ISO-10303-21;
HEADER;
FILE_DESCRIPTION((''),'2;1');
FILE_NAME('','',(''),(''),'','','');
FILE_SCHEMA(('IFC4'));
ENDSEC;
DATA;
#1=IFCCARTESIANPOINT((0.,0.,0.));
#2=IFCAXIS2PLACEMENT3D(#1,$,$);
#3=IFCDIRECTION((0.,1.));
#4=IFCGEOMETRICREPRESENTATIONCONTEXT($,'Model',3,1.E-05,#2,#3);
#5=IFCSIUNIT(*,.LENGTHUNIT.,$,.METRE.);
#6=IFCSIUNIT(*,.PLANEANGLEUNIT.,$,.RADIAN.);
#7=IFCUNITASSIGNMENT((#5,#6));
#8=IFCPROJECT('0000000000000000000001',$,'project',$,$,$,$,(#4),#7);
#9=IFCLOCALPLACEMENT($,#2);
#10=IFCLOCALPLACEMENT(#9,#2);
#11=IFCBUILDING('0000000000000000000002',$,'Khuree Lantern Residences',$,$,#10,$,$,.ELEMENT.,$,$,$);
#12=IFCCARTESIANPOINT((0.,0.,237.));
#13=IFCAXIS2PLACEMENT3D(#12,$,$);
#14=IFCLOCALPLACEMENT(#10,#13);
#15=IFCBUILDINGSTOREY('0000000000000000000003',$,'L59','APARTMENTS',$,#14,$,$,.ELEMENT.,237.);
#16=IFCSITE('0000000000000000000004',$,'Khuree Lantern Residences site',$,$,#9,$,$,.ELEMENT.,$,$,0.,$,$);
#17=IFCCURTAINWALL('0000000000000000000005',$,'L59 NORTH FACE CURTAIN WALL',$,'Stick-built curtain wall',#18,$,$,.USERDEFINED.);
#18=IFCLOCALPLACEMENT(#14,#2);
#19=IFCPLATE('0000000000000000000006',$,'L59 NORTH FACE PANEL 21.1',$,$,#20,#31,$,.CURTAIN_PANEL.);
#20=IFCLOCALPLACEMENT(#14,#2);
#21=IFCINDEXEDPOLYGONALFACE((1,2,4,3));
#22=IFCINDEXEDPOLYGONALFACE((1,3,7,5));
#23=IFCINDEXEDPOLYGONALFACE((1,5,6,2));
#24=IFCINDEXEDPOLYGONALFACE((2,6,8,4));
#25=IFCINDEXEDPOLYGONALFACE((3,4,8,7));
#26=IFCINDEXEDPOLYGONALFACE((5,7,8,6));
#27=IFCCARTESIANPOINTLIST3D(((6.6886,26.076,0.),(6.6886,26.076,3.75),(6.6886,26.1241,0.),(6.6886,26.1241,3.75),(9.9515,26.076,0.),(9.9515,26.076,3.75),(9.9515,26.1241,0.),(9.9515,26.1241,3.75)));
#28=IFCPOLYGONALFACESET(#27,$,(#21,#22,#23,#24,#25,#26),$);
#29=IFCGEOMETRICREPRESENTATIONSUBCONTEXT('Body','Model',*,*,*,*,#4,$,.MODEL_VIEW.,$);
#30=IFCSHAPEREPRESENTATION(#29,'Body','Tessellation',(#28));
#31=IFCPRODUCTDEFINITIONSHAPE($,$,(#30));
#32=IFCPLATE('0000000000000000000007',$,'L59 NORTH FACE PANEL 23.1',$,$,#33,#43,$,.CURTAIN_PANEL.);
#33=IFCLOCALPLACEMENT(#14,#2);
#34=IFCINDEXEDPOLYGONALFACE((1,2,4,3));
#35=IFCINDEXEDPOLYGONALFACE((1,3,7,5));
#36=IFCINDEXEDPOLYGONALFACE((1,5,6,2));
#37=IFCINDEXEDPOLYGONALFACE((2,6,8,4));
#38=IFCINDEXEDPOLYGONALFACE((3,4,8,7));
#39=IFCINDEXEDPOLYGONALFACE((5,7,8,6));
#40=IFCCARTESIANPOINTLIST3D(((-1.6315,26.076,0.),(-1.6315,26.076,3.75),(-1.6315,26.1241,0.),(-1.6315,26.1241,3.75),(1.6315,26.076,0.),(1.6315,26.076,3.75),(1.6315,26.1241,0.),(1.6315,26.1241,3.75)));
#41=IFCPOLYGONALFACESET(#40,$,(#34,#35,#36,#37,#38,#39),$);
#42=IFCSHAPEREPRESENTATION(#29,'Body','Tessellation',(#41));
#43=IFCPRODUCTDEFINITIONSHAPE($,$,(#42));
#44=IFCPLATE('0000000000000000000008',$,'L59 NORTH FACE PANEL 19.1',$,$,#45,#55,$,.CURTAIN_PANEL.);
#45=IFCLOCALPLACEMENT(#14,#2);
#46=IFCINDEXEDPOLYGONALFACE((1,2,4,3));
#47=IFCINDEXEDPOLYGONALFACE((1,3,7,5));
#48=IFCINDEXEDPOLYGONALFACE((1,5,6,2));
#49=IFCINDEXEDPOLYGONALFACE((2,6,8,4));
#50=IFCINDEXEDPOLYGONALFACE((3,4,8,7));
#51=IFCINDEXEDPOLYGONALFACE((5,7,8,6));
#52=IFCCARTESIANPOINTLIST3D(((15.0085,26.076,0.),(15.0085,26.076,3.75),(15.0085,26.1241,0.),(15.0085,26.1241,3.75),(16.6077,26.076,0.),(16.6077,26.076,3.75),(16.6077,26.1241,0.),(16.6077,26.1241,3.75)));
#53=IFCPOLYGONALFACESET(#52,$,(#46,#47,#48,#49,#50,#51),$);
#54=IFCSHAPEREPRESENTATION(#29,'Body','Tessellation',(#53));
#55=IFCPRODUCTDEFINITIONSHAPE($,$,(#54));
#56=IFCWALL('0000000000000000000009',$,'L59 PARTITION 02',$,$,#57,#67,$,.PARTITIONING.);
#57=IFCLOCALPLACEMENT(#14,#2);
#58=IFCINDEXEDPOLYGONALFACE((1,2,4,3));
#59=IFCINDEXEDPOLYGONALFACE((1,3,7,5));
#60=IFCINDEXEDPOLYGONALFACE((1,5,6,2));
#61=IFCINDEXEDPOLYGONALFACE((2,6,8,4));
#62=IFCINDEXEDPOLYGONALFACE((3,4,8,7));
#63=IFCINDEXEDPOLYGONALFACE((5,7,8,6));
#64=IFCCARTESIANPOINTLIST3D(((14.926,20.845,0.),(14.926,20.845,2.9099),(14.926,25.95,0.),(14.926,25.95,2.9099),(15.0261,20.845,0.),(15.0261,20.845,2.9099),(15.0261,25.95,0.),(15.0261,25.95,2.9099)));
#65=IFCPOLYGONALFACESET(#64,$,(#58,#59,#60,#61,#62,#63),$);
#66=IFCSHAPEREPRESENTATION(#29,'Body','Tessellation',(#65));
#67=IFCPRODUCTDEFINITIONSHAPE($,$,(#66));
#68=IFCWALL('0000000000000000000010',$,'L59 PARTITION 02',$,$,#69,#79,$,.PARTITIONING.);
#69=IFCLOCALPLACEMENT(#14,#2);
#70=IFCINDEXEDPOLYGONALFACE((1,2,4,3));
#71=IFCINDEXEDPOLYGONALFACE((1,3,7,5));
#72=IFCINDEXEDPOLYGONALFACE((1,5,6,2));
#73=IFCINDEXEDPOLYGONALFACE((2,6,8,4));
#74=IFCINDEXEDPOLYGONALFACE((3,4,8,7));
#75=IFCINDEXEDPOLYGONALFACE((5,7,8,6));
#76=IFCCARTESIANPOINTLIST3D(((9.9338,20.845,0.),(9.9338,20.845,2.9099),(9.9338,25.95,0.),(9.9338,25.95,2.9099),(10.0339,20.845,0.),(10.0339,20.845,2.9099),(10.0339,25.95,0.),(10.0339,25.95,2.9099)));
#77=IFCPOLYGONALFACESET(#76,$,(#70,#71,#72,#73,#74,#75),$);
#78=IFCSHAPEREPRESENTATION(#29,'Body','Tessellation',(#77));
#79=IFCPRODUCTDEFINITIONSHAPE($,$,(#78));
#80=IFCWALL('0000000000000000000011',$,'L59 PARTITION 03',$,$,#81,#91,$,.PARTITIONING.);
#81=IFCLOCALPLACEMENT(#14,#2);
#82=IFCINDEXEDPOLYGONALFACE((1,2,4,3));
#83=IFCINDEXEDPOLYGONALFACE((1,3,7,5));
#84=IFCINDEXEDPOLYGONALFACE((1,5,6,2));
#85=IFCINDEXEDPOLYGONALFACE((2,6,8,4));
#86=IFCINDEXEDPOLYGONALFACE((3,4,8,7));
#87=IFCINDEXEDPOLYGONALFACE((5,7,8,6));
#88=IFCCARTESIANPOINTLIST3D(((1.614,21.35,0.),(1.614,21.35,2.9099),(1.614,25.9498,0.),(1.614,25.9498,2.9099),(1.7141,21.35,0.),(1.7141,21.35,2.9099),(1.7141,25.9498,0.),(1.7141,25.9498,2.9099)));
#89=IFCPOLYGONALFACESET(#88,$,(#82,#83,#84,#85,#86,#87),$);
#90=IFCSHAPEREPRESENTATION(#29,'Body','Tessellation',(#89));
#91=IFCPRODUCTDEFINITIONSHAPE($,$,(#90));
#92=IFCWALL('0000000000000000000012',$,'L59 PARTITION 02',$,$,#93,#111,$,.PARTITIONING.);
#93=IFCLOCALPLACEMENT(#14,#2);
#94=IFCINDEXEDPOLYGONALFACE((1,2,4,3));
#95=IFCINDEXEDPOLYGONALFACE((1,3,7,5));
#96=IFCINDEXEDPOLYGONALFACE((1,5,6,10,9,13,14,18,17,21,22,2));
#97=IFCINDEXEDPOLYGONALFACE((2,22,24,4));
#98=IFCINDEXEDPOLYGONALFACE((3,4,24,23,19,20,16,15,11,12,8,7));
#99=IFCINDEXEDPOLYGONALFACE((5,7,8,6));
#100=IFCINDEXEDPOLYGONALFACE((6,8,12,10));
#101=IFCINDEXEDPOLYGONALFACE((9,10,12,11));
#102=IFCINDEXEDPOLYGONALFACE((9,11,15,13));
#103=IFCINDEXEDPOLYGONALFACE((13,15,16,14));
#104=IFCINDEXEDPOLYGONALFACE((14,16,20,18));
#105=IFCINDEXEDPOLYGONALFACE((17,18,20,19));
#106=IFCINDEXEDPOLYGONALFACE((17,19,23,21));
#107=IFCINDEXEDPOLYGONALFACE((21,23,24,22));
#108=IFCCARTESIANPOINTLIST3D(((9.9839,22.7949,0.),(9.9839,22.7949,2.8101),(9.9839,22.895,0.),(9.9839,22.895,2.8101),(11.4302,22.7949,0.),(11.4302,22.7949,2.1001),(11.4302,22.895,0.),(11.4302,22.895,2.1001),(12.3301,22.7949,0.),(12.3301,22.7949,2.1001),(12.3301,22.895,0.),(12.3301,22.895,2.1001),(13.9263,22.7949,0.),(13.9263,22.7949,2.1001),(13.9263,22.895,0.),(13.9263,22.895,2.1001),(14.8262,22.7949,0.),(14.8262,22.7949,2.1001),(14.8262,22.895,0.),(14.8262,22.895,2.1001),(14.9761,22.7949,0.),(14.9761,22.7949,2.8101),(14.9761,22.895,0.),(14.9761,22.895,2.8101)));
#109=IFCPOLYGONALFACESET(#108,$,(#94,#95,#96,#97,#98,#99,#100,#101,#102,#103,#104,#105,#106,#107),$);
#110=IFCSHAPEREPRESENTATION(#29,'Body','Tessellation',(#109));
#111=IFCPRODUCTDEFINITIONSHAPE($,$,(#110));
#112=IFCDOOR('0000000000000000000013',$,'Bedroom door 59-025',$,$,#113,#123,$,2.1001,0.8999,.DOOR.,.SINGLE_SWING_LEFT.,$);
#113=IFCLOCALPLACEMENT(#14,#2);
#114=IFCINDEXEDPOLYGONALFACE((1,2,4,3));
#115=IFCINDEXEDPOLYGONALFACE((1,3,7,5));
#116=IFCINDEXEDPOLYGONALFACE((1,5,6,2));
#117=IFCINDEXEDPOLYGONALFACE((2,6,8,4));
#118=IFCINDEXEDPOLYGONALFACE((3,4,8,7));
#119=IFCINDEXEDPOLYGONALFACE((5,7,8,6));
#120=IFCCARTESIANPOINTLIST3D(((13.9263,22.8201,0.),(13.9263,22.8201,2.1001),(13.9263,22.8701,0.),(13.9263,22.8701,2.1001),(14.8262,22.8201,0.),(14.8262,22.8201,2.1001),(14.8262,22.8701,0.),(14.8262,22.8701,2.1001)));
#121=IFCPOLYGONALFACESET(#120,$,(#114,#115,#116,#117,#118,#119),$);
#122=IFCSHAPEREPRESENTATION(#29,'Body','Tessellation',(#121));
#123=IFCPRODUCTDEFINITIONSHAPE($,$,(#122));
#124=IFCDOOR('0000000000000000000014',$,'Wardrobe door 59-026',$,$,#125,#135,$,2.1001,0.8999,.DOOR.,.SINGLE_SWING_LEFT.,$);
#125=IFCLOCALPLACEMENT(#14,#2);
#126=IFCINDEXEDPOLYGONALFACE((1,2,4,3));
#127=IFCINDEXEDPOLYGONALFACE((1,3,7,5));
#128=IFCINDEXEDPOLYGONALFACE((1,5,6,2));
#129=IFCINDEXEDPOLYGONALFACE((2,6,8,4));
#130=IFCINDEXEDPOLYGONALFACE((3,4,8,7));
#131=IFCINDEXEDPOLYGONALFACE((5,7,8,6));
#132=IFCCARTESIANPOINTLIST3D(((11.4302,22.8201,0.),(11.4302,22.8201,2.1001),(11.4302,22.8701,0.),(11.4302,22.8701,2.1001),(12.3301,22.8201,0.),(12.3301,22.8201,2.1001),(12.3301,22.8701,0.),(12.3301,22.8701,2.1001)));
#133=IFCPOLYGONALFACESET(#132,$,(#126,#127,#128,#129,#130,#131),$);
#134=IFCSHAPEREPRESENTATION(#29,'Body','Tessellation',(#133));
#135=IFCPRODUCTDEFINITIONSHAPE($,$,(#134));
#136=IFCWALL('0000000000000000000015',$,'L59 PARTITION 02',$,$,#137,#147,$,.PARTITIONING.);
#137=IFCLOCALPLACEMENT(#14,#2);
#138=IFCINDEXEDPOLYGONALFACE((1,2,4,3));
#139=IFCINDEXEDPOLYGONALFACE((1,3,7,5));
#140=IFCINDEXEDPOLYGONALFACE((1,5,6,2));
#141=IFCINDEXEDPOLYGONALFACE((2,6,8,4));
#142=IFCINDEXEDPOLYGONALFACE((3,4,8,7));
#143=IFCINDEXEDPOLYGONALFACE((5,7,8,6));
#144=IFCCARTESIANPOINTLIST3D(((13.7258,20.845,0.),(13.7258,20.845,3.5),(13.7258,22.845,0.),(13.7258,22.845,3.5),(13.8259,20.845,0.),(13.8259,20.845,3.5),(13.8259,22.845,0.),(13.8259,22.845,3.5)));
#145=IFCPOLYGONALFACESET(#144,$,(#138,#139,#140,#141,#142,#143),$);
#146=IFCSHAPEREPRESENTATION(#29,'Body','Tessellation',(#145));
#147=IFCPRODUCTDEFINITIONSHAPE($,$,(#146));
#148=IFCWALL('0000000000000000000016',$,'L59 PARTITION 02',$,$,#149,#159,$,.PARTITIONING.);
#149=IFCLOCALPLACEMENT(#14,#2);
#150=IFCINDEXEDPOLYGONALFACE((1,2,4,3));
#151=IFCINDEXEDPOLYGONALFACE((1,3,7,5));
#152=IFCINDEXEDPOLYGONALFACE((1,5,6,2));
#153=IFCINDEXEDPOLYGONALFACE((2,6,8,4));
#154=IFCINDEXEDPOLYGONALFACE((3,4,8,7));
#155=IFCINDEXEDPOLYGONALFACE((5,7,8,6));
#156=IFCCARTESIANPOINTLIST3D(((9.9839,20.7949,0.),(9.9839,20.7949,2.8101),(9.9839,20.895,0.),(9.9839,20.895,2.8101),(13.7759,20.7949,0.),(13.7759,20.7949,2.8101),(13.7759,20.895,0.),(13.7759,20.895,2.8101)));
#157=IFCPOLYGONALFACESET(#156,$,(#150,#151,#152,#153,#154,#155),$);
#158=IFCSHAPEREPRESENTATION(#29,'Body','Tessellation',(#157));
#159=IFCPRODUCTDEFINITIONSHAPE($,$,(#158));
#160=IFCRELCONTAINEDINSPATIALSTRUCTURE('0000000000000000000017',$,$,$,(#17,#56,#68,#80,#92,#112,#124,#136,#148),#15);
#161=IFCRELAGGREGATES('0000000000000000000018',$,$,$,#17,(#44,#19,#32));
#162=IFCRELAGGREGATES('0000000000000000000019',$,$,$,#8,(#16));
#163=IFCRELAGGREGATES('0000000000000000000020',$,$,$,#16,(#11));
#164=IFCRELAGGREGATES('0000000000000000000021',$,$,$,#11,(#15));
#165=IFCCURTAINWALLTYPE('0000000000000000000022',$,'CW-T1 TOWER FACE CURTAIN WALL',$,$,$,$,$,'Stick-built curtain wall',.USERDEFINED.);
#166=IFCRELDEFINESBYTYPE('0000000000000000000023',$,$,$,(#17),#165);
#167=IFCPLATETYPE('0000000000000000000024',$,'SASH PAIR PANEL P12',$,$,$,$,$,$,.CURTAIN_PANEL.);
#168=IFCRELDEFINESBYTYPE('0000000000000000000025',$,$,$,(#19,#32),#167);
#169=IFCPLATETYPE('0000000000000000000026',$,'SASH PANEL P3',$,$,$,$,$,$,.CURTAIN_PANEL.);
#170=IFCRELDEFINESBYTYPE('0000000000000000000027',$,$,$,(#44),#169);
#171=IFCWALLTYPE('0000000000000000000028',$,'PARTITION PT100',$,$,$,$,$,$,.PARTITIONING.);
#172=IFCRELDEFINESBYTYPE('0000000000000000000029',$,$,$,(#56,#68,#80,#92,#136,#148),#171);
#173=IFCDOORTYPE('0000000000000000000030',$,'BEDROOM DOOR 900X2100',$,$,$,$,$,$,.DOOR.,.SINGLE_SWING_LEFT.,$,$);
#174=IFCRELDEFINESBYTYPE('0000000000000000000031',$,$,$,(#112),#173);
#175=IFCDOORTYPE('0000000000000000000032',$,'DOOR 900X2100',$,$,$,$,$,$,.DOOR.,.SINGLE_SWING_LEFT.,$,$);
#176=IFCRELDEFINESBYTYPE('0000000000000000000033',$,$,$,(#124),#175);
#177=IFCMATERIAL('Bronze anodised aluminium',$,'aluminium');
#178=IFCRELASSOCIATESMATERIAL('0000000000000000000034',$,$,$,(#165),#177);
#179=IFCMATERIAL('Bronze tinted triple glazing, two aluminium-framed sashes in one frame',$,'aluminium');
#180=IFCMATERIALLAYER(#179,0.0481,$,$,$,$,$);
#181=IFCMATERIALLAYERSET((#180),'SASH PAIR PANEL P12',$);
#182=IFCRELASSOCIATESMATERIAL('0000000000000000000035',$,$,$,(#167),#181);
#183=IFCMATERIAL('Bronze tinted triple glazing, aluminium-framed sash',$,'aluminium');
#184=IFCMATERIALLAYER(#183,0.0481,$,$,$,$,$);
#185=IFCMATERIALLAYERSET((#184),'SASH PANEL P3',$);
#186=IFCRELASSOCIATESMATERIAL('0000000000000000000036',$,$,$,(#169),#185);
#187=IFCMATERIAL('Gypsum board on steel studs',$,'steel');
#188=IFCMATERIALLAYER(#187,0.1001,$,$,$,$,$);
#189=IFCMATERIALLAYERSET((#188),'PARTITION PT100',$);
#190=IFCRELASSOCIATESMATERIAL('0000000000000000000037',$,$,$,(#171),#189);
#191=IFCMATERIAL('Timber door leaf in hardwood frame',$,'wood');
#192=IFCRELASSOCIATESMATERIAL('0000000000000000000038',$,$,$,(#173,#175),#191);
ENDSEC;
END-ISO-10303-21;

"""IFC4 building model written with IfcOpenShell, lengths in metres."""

from ifc_helpers import new_model, si_unit, direction, frame, frame_2d, origin, origin_2d, place, context, subcontext, project, spatial, rectangle, extrude, material, layer, layer_set, type_object, element, fill, aggregate, save


model = new_model("IFC4")

# Units and contexts
model_context = context("Model", 3, precision=1e-05, world=origin(), true_north=direction((0.0, 1.0)))
body_context = subcontext(model_context, "Body", "Model", "MODEL_VIEW")
ifc_project = project(units=[si_unit("LENGTHUNIT", "METRE"), si_unit("PLANEANGLEUNIT", "RADIAN")], contexts=[model_context])

# Site, building, storey
site_placement = place(None, origin())
site = spatial("IfcSite", under=ifc_project, at=site_placement, Name="Khuree Lantern Residences site", CompositionType="ELEMENT", RefElevation=0.0)
building_placement = place(site_placement, origin())
building = spatial("IfcBuilding", under=site, at=building_placement, Name="Khuree Lantern Residences", CompositionType="ELEMENT")
storey_placement = place(building_placement, frame((0.0, 0.0, 237.0)))
storey = spatial("IfcBuildingStorey", under=building, at=storey_placement, Name="L59", Description="APARTMENTS", CompositionType="ELEMENT", Elevation=237.0)

# Curtain wall
ifc_material_1 = material(Name="Bronze anodised aluminium", Category="aluminium")
curtain_wall_type = type_object("IfcCurtainWallType", Name="CW-T1 TOWER FACE CURTAIN WALL", ElementType="Stick-built curtain wall", PredefinedType="USERDEFINED", material=ifc_material_1)
curtain_wall_placement = place(storey_placement, origin())
curtain_wall = element("IfcCurtainWall", 1, at=curtain_wall_placement, inside=storey, type_object=curtain_wall_type, Name="L59 NORTH FACE CURTAIN WALL", ObjectType="Stick-built curtain wall", PredefinedType="USERDEFINED")

# Plates
ifc_material_2 = material(Name="Bronze tinted triple glazing, two aluminium-framed sashes in one frame", Category="aluminium")
ifc_layer_1 = layer(ifc_material_2, 0.0481)
ifc_layer_set_1 = layer_set([ifc_layer_1], Name="SASH PAIR PANEL P12")
plate_type_1 = type_object("IfcPlateType", Name="SASH PAIR PANEL P12", PredefinedType="CURTAIN_PANEL", material=ifc_layer_set_1)
plate_1_placement = place(storey_placement, frame((8.3201, 26.1001, 0.0), z_axis=(0.0, 0.0, 1.0), x_axis=(-1.0, 0.0, 0.0)))
plate_1 = element("IfcPlate", 2, at=plate_1_placement, type_object=plate_type_1, Name="L59 NORTH FACE PANEL 21.1", PredefinedType="CURTAIN_PANEL", context=body_context, shape_type="SweptSolid", body=[
    extrude(rectangle(XDim=3.2629, YDim=0.0481, at=origin_2d()), origin(), (0.0, 0.0, 1.0), 3.75),
])
plate_2_placement = place(storey_placement, frame((0.0, 26.1001, 0.0), z_axis=(0.0, 0.0, 1.0), x_axis=(-1.0, 0.0, 0.0)))
plate_2 = element("IfcPlate", 3, at=plate_2_placement, type_object=plate_type_1, Name="L59 NORTH FACE PANEL 23.1", PredefinedType="CURTAIN_PANEL", context=body_context, shape_type="SweptSolid", body=[
    extrude(rectangle(XDim=3.2629, YDim=0.0481, at=origin_2d()), origin(), (0.0, 0.0, 1.0), 3.75),
])
ifc_material_3 = material(Name="Bronze tinted triple glazing, aluminium-framed sash", Category="aluminium")
ifc_layer_2 = layer(ifc_material_3, 0.0481)
ifc_layer_set_2 = layer_set([ifc_layer_2], Name="SASH PANEL P3")
plate_type_2 = type_object("IfcPlateType", Name="SASH PANEL P3", PredefinedType="CURTAIN_PANEL", material=ifc_layer_set_2)
plate_3_placement = place(storey_placement, frame((15.8081, 26.1001, 0.0), z_axis=(0.0, 0.0, 1.0), x_axis=(-1.0, 0.0, 0.0)))
plate_3 = element("IfcPlate", 4, at=plate_3_placement, type_object=plate_type_2, Name="L59 NORTH FACE PANEL 19.1", PredefinedType="CURTAIN_PANEL", context=body_context, shape_type="SweptSolid", body=[
    extrude(rectangle(XDim=1.5991, YDim=0.0481, at=origin_2d()), origin(), (0.0, 0.0, 1.0), 3.75),
])
aggregate(curtain_wall, [plate_3, plate_1, plate_2])

# Walls
ifc_material_4 = material(Name="Gypsum board on steel studs", Category="steel")
ifc_layer_3 = layer(ifc_material_4, 0.1001)
ifc_layer_set_3 = layer_set([ifc_layer_3], Name="PARTITION PT100")
wall_type = type_object("IfcWallType", Name="PARTITION PT100", PredefinedType="PARTITIONING", material=ifc_layer_set_3)
for number, where, z_axis, x_axis, name in (
    (5, (14.9761, 20.845, 0.0), (0.0, 0.0, 1.0), (0.0, 1.0, 0.0), "L59 PARTITION 02"),
    (6, (9.9839, 20.845, 0.0), (0.0, 0.0, 1.0), (0.0, 1.0, 0.0), "L59 PARTITION 02"),
):
    element("IfcWall", number, at=place(storey_placement, frame(where, z_axis=z_axis, x_axis=x_axis)), inside=storey, type_object=wall_type, Name=name, PredefinedType="PARTITIONING", context=body_context, shape_type="SweptSolid", body=[
        extrude(rectangle(XDim=5.105, YDim=0.1001, at=frame_2d((2.5525, 0.0))), origin(), (0.0, 0.0, 1.0), 2.9099),
    ])
wall_1_placement = place(storey_placement, frame((1.6641, 21.3501, 0.0), z_axis=(0.0, 0.0, 1.0), x_axis=(0.0, 1.0, 0.0)))
element("IfcWall", 7, at=wall_1_placement, inside=storey, type_object=wall_type, Name="L59 PARTITION 03", PredefinedType="PARTITIONING", context=body_context, shape_type="SweptSolid", body=[
    extrude(rectangle(XDim=4.5999, YDim=0.1001, at=frame_2d((2.2998, 0.0))), origin(), (0.0, 0.0, 1.0), 2.9099),
])

# Wall, openings, doors
wall_2_placement = place(storey_placement, frame((14.9761, 22.845, 0.0), z_axis=(0.0, 0.0, 1.0), x_axis=(-1.0, 0.0, 0.0)))
wall_2 = element("IfcWall", 8, at=wall_2_placement, inside=storey, type_object=wall_type, Name="L59 PARTITION 02", PredefinedType="PARTITIONING", context=body_context, shape_type="SweptSolid", body=[
    extrude(rectangle(XDim=4.9922, YDim=0.1001, at=frame_2d((2.4961, 0.0))), origin(), (0.0, 0.0, 1.0), 2.8101),
])
opening_1_placement = place(wall_2_placement, frame((0.1499, 0.0, 0.0)))
opening_1 = element("IfcOpeningElement", 9, at=opening_1_placement, cuts=wall_2, PredefinedType="OPENING", context=body_context, shape_type="SweptSolid", body=[
    extrude(rectangle(XDim=0.8999, YDim=2.1001, at=frame_2d((0.45, 1.05))), frame((0.0, 0.0601, 0.0), z_axis=(0.0, -1.0, 0.0), x_axis=(1.0, 0.0, 0.0)), (0.0, 0.0, 1.0), 0.1201),
])
opening_2_placement = place(wall_2_placement, frame((2.646, 0.0, 0.0)))
opening_2 = element("IfcOpeningElement", 10, at=opening_2_placement, cuts=wall_2, PredefinedType="OPENING", context=body_context, shape_type="SweptSolid", body=[
    extrude(rectangle(XDim=0.8999, YDim=2.1001, at=frame_2d((0.45, 1.05))), frame((0.0, 0.0601, 0.0), z_axis=(0.0, -1.0, 0.0), x_axis=(1.0, 0.0, 0.0)), (0.0, 0.0, 1.0), 0.1201),
])
ifc_material_5 = material(Name="Timber door leaf in hardwood frame", Category="wood")
door_type_1 = type_object("IfcDoorType", Name="BEDROOM DOOR 900X2100", OperationType="SINGLE_SWING_LEFT", PredefinedType="DOOR", material=ifc_material_5)
door_1_placement = place(opening_1_placement, origin())
door_1 = element("IfcDoor", 11, at=door_1_placement, inside=storey, type_object=door_type_1, Name="Bedroom door 59-025", OperationType="SINGLE_SWING_LEFT", OverallHeight=2.1001, OverallWidth=0.8999, PredefinedType="DOOR", context=body_context, shape_type="SweptSolid", body=[
    extrude(rectangle(XDim=0.8999, YDim=2.1001, at=frame_2d((0.45, 1.05))), frame((0.0, 0.0249, 0.0), z_axis=(0.0, -1.0, 0.0), x_axis=(1.0, 0.0, 0.0)), (0.0, 0.0, 1.0), 0.05),
])
fill(opening_1, door_1)
door_type_2 = type_object("IfcDoorType", Name="DOOR 900X2100", OperationType="SINGLE_SWING_LEFT", PredefinedType="DOOR", material=ifc_material_5)
door_2_placement = place(opening_2_placement, origin())
door_2 = element("IfcDoor", 12, at=door_2_placement, inside=storey, type_object=door_type_2, Name="Wardrobe door 59-026", OperationType="SINGLE_SWING_LEFT", OverallHeight=2.1001, OverallWidth=0.8999, PredefinedType="DOOR", context=body_context, shape_type="SweptSolid", body=[
    extrude(rectangle(XDim=0.8999, YDim=2.1001, at=frame_2d((0.45, 1.05))), frame((0.0, 0.0249, 0.0), z_axis=(0.0, -1.0, 0.0), x_axis=(1.0, 0.0, 0.0)), (0.0, 0.0, 1.0), 0.05),
])
fill(opening_2, door_2)

# Walls
wall_3_placement = place(storey_placement, frame((13.7759, 20.845, 0.0), z_axis=(0.0, 0.0, 1.0), x_axis=(0.0, 1.0, 0.0)))
element("IfcWall", 13, at=wall_3_placement, inside=storey, type_object=wall_type, Name="L59 PARTITION 02", PredefinedType="PARTITIONING", context=body_context, shape_type="SweptSolid", body=[
    extrude(rectangle(XDim=2.0, YDim=0.1001, at=frame_2d((1.0, 0.0))), origin(), (0.0, 0.0, 1.0), 3.5),
])
wall_4_placement = place(storey_placement, frame((13.7759, 20.845, 0.0), z_axis=(0.0, 0.0, 1.0), x_axis=(-1.0, 0.0, 0.0)))
element("IfcWall", 14, at=wall_4_placement, inside=storey, type_object=wall_type, Name="L59 PARTITION 02", PredefinedType="PARTITIONING", context=body_context, shape_type="SweptSolid", body=[
    extrude(rectangle(XDim=3.792, YDim=0.1001, at=frame_2d((1.896, 0.0))), origin(), (0.0, 0.0, 1.0), 2.8101),
])

save(model, "model.ifc")
